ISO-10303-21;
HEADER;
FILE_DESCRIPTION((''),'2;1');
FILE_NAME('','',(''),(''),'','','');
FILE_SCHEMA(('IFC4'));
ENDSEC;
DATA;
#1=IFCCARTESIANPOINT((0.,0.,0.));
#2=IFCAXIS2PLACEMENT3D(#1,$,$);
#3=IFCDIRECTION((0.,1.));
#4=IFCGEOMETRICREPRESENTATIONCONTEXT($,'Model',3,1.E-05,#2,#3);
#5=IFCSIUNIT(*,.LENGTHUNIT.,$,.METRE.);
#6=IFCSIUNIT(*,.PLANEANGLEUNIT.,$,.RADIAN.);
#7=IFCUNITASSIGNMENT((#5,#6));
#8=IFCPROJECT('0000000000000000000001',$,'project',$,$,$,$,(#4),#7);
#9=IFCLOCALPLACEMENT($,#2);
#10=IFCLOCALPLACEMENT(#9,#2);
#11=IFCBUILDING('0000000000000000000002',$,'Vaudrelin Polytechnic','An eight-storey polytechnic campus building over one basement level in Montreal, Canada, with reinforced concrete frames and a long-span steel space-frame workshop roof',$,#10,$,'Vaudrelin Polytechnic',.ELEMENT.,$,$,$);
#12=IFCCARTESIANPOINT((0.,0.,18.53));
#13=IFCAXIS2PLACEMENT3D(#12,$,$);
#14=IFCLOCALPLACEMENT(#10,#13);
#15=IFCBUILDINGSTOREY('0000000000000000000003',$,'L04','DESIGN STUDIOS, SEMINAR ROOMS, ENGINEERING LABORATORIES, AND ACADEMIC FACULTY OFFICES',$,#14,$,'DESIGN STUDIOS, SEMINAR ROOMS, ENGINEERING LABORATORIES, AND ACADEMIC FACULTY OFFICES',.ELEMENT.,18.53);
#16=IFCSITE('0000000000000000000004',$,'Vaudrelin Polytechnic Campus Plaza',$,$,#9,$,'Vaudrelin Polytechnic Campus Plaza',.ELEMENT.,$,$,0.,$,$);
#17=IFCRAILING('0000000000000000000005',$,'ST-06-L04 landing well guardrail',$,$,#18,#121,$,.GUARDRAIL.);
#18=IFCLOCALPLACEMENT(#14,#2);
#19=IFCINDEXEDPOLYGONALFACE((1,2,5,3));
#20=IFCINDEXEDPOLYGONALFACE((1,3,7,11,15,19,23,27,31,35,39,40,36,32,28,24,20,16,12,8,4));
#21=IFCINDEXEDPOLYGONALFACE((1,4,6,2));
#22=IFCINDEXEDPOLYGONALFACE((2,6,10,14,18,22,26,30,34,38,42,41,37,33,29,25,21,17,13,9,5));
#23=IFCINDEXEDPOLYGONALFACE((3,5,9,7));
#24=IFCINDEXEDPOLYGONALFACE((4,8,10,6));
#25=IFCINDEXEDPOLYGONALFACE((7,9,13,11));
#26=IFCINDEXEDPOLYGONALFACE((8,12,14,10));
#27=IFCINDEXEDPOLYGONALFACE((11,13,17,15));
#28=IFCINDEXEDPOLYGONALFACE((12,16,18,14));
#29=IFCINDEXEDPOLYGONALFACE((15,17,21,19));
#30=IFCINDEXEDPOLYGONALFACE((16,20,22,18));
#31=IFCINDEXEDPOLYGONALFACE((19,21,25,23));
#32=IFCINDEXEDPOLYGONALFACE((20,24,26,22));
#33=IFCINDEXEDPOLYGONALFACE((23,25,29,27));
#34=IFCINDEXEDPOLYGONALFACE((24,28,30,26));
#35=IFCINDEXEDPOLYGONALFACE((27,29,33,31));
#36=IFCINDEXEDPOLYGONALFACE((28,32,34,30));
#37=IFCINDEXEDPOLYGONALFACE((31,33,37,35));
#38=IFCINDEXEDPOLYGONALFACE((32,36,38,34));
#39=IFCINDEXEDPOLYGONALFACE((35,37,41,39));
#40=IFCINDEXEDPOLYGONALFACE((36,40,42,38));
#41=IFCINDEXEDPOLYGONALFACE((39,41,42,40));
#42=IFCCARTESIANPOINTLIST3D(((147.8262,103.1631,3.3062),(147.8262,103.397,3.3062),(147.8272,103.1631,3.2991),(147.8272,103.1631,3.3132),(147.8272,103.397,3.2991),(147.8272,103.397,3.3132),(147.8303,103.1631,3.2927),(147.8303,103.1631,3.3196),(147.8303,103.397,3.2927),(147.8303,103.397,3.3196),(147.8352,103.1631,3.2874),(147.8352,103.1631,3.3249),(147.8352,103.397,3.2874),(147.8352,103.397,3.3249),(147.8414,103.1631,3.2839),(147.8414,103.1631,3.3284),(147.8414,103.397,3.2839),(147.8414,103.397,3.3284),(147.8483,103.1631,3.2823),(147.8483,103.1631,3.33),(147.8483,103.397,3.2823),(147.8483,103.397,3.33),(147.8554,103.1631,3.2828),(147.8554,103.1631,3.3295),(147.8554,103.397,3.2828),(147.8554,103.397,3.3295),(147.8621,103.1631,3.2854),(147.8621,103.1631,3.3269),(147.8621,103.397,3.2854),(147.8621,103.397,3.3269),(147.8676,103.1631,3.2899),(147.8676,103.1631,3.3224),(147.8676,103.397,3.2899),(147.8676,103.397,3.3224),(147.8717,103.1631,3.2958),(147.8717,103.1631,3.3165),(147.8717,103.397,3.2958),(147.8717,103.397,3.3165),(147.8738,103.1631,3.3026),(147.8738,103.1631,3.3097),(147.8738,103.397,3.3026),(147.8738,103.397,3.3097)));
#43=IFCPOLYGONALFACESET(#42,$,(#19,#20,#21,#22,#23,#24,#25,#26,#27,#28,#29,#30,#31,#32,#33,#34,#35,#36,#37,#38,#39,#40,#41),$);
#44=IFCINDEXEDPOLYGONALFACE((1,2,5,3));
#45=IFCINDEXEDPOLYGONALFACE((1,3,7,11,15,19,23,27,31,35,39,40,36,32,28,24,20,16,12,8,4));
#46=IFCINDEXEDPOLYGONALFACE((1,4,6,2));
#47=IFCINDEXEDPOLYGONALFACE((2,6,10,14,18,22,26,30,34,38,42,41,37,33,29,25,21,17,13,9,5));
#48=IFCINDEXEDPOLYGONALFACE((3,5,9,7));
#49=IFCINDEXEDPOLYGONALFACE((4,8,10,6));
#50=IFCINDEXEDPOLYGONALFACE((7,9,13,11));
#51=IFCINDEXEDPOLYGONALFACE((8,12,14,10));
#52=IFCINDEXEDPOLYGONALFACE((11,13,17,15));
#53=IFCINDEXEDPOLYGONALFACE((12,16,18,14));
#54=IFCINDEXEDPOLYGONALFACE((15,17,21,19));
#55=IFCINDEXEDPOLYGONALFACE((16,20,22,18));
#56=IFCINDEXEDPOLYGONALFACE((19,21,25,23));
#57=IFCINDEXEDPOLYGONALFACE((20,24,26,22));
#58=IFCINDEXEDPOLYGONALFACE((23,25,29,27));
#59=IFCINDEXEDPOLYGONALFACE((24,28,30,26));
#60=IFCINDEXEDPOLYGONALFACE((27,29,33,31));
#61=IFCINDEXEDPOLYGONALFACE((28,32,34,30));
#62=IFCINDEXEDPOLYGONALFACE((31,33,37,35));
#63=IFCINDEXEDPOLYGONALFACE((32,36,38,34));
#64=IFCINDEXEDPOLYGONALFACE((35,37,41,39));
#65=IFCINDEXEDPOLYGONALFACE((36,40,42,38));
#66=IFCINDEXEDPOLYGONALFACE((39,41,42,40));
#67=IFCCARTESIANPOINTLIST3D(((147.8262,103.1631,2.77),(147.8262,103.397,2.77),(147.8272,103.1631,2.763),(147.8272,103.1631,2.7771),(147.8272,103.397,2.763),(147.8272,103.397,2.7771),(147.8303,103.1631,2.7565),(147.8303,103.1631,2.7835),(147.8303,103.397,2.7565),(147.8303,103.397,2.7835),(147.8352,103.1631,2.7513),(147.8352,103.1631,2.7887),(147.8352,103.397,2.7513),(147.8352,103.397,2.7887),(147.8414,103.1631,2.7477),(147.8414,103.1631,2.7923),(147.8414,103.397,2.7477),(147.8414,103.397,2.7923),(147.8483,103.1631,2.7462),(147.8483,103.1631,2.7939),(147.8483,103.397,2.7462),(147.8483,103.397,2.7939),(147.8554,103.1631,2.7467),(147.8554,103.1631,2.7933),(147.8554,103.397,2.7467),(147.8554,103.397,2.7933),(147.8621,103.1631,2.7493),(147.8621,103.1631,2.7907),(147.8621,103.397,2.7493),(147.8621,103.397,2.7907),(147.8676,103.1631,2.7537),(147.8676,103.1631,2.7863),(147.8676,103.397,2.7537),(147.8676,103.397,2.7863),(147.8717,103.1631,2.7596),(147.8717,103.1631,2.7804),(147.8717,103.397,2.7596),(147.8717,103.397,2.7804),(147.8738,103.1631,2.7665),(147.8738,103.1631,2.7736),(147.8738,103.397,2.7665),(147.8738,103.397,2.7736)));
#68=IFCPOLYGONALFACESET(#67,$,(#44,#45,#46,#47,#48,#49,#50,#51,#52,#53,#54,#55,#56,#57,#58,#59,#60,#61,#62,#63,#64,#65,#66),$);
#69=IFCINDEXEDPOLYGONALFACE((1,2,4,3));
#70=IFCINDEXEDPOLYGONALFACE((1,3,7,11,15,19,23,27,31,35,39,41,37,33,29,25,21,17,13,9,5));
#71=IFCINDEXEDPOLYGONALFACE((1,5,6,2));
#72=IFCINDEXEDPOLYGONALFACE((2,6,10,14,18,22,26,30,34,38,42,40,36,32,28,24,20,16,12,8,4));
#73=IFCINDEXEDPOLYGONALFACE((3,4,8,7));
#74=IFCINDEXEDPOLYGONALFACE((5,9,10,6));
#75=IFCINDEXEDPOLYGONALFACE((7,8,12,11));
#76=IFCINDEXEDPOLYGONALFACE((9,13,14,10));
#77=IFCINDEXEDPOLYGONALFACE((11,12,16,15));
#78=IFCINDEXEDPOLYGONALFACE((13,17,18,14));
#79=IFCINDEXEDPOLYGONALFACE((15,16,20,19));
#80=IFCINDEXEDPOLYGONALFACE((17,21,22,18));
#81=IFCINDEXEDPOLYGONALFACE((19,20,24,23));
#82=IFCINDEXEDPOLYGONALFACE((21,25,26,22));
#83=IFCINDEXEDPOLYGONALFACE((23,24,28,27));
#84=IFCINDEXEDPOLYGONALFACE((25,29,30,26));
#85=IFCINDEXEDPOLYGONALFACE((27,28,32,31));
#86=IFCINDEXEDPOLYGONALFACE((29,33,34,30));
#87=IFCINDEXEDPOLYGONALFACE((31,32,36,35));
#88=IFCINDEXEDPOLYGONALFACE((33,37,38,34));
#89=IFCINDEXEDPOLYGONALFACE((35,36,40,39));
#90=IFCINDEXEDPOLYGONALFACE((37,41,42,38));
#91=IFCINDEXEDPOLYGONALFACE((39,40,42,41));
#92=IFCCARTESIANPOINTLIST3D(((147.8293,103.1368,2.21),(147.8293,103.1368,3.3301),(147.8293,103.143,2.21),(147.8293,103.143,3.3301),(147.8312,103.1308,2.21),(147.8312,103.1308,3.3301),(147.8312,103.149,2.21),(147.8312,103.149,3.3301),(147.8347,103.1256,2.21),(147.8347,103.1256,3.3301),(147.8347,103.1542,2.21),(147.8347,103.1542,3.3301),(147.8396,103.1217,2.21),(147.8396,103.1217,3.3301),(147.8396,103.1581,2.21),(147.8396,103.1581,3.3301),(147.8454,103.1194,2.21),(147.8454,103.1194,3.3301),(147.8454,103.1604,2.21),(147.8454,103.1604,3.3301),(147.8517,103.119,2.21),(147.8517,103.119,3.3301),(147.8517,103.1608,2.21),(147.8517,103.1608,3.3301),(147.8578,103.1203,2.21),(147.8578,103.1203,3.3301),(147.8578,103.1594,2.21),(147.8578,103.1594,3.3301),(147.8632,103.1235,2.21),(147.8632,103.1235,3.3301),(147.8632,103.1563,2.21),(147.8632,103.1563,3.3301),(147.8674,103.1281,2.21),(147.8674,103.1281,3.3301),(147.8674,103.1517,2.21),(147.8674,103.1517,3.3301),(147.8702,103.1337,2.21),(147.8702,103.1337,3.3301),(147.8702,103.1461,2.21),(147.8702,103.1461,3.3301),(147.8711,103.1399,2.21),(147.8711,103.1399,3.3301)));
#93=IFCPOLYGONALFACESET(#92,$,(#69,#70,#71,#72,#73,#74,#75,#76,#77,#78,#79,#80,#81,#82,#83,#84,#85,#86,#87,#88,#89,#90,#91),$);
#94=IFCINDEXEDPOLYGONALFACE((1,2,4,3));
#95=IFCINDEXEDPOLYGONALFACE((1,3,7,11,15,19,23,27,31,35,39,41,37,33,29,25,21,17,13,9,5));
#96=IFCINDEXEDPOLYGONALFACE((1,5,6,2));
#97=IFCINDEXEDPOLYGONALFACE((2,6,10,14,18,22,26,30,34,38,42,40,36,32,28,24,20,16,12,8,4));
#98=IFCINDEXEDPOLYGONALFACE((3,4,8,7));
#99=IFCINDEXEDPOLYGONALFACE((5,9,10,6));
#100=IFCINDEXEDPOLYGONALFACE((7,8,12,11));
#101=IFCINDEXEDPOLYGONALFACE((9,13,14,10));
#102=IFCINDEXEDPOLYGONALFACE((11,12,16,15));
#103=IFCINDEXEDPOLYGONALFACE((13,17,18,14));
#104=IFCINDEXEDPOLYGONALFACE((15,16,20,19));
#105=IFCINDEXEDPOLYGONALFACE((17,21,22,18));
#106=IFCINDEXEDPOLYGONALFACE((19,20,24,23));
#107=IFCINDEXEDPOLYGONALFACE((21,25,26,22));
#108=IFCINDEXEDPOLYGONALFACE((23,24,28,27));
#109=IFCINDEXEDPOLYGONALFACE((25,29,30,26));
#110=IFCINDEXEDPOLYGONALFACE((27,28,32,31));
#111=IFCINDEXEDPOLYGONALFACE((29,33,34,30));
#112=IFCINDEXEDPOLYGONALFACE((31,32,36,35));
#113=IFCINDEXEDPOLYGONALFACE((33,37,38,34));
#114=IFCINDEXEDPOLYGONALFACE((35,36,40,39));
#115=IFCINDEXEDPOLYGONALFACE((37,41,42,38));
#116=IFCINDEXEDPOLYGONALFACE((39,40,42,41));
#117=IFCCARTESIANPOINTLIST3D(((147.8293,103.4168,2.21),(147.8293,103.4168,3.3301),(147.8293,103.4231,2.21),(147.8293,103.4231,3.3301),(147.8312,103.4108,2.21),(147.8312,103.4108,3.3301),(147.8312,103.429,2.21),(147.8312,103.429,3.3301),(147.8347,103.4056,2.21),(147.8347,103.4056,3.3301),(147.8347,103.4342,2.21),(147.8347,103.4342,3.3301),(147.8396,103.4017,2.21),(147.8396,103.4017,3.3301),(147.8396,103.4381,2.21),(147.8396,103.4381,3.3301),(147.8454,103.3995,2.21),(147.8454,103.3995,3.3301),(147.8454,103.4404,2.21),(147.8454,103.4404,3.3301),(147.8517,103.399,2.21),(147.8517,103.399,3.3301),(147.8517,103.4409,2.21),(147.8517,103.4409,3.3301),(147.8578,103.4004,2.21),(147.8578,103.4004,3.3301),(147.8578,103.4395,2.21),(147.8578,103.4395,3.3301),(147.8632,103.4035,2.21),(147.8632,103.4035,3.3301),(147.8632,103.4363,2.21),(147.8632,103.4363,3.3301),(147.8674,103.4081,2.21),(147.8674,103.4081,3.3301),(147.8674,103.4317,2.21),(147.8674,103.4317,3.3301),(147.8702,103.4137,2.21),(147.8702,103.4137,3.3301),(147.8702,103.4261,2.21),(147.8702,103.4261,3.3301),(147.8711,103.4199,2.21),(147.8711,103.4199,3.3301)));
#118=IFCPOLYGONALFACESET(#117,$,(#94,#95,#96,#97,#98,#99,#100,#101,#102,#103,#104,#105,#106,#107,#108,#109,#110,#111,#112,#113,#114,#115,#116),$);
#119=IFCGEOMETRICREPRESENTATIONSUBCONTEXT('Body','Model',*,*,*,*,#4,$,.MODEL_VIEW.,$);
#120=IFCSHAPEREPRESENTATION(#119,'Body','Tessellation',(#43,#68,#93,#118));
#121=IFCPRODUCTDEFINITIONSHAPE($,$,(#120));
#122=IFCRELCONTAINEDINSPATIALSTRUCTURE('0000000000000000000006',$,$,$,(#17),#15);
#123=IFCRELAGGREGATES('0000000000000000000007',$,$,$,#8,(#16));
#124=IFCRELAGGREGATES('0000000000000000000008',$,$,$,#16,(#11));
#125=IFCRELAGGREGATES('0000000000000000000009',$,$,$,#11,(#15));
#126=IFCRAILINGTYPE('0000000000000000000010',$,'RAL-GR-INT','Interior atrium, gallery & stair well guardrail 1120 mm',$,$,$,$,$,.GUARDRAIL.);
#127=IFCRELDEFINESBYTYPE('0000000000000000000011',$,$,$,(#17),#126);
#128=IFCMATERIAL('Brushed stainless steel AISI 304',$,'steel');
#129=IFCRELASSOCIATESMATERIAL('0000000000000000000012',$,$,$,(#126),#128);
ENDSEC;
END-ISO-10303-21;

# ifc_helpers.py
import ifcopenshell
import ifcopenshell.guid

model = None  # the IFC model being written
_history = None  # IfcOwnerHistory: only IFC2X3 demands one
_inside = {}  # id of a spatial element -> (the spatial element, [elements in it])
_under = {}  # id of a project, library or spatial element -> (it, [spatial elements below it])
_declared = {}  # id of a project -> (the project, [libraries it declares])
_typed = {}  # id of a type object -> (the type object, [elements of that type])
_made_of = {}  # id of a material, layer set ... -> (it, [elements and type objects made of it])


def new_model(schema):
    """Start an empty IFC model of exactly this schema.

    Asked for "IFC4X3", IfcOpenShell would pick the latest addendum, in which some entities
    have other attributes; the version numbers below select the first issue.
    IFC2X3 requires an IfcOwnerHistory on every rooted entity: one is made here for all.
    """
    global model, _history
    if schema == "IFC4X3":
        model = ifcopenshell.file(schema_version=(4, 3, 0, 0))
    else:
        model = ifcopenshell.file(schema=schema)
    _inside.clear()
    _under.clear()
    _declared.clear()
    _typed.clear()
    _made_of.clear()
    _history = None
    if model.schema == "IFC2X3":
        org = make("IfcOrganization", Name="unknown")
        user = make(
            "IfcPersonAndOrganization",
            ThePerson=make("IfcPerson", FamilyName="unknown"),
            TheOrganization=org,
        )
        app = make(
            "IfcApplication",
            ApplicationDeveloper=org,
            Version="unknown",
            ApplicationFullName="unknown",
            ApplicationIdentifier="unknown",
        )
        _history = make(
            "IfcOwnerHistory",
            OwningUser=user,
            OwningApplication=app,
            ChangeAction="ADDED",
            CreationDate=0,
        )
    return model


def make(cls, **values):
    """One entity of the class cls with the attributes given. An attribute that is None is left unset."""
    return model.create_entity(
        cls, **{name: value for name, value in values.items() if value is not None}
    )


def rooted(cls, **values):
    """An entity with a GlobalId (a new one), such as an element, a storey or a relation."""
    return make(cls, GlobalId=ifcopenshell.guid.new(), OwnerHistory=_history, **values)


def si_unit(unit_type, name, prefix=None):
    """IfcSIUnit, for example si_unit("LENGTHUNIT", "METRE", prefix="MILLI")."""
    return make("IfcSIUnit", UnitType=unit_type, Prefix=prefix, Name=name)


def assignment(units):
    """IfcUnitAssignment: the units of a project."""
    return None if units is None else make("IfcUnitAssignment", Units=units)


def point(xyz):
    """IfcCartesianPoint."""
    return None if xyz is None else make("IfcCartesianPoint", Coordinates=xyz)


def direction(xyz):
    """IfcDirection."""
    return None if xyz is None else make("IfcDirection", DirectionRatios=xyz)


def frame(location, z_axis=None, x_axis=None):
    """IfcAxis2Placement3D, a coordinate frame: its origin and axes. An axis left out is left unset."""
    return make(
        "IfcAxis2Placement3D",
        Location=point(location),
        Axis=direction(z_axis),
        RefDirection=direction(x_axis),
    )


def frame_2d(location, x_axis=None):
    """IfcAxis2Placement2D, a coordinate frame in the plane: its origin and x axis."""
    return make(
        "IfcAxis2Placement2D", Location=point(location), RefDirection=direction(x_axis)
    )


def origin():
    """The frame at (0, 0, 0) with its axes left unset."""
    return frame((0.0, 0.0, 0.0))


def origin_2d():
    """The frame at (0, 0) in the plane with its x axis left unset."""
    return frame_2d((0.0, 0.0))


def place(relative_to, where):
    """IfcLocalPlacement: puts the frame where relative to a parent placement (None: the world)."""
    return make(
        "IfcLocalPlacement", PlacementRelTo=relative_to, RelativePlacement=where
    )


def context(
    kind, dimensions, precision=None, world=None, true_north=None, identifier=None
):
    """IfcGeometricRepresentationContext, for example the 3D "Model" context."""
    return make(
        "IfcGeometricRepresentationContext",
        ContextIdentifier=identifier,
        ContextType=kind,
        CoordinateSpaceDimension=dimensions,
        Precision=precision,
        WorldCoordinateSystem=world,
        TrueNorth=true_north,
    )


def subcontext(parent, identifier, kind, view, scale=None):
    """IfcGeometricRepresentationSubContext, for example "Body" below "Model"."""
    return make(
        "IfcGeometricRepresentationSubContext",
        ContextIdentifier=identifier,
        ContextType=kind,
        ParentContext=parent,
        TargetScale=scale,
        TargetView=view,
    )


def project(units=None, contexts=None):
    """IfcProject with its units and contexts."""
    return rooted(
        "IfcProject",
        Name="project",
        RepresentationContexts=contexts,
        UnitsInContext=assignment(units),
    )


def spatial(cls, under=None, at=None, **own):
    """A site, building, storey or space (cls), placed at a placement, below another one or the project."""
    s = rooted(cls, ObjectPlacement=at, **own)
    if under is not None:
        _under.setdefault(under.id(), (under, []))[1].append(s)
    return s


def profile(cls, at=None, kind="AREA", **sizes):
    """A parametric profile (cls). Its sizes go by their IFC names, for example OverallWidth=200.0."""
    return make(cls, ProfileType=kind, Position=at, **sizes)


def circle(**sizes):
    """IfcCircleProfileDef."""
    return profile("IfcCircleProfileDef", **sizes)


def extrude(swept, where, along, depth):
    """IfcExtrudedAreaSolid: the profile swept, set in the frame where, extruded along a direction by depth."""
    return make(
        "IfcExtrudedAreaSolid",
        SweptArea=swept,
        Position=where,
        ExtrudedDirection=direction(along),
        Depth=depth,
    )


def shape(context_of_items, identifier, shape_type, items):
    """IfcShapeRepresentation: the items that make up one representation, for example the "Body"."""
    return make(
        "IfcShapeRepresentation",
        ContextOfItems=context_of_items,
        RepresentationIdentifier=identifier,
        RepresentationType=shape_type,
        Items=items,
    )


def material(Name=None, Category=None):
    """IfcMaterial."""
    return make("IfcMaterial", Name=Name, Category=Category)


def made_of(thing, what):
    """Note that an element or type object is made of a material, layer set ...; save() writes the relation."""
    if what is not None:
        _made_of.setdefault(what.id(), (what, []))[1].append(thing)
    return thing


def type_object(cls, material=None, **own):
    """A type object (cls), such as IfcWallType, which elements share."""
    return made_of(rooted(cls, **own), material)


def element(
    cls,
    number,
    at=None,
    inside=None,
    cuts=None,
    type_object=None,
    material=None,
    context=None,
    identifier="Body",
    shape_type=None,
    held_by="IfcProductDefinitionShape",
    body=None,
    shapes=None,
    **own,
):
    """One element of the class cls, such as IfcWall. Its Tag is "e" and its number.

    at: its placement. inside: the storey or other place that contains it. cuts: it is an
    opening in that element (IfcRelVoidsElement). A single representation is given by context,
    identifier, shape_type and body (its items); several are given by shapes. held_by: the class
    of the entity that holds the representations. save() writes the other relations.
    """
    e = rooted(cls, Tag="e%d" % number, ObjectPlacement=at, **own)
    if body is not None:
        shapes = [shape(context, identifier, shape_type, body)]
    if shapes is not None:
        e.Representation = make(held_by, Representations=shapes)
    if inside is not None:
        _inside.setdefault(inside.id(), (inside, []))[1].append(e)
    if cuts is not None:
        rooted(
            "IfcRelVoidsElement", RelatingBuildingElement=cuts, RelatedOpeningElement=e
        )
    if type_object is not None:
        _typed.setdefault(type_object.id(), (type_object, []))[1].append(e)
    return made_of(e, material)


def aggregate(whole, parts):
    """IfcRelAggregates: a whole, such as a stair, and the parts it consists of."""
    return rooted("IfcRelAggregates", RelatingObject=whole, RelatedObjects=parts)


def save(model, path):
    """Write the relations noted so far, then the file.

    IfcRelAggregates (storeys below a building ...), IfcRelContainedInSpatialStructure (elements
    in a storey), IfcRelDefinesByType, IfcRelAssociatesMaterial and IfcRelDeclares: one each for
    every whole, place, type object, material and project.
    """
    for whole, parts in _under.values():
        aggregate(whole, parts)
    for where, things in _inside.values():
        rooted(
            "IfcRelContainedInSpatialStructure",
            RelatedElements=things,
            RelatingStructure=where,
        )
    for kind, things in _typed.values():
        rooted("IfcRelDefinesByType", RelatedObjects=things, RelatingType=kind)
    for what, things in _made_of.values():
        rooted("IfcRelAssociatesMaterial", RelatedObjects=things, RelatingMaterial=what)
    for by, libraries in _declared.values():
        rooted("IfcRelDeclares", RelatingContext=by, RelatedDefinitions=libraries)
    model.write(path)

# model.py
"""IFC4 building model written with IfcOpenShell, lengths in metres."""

from ifc_helpers import new_model, si_unit, direction, frame, origin, origin_2d, place, context, subcontext, project, spatial, circle, extrude, material, type_object, element, save


model = new_model("IFC4")

# Units and contexts
model_context = context("Model", 3, precision=1e-05, world=origin(), true_north=direction((0.0, 1.0)))
body_context = subcontext(model_context, "Body", "Model", "MODEL_VIEW")
ifc_project = project(units=[si_unit("LENGTHUNIT", "METRE"), si_unit("PLANEANGLEUNIT", "RADIAN")], contexts=[model_context])

# Site, building, storey
site_placement = place(None, origin())
site = spatial("IfcSite", under=ifc_project, at=site_placement, Name="Vaudrelin Polytechnic Campus Plaza", LongName="Vaudrelin Polytechnic Campus Plaza", CompositionType="ELEMENT", RefElevation=0.0)
building_placement = place(site_placement, origin())
building = spatial("IfcBuilding", under=site, at=building_placement, Name="Vaudrelin Polytechnic", Description="An eight-storey polytechnic campus building over one basement level in Montreal, Canada, with reinforced concrete frames and a long-span steel space-frame workshop roof", LongName="Vaudrelin Polytechnic", CompositionType="ELEMENT")
storey_placement = place(building_placement, frame((0.0, 0.0, 18.53)))
storey = spatial("IfcBuildingStorey", under=building, at=storey_placement, Name="L04", Description="DESIGN STUDIOS, SEMINAR ROOMS, ENGINEERING LABORATORIES, AND ACADEMIC FACULTY OFFICES", LongName="DESIGN STUDIOS, SEMINAR ROOMS, ENGINEERING LABORATORIES, AND ACADEMIC FACULTY OFFICES", CompositionType="ELEMENT", Elevation=18.53)

# Shared definitions
ifc_material_1 = material(Name="Brushed stainless steel AISI 304", Category="steel")

# Railing
railing_type_1 = type_object("IfcRailingType", Name="RAL-GR-INT", Description="Interior atrium, gallery & stair well guardrail 1120 mm", PredefinedType="GUARDRAIL", material=ifc_material_1)
railing_1_placement = place(storey_placement, frame((147.8501, 103.1399, 2.21)))
element("IfcRailing", 1, at=railing_1_placement, inside=storey, type_object=railing_type_1, Name="ST-06-L04 landing well guardrail", PredefinedType="GUARDRAIL", context=body_context, shape_type="SweptSolid", body=[
    extrude(circle(Radius=0.0239, at=origin_2d()), frame((0.0, 0.0232, 1.0962), z_axis=(0.0, 1.0, 0.0), x_axis=(-1.0, 0.0, 0.0)), (0.0, 0.0, 1.0), 0.2339),
    extrude(circle(Radius=0.0239, at=origin_2d()), frame((0.0, 0.0232, 0.5601), z_axis=(0.0, 1.0, 0.0), x_axis=(-1.0, 0.0, 0.0)), (0.0, 0.0, 1.0), 0.2339),
    extrude(circle(Radius=0.021, at=origin_2d()), origin(), (0.0, 0.0, 1.0), 1.1201),
    extrude(circle(Radius=0.021, at=origin_2d()), frame((0.0, 0.28, 0.0)), (0.0, 0.0, 1.0), 1.1201),
])

save(model, "model.ifc")
